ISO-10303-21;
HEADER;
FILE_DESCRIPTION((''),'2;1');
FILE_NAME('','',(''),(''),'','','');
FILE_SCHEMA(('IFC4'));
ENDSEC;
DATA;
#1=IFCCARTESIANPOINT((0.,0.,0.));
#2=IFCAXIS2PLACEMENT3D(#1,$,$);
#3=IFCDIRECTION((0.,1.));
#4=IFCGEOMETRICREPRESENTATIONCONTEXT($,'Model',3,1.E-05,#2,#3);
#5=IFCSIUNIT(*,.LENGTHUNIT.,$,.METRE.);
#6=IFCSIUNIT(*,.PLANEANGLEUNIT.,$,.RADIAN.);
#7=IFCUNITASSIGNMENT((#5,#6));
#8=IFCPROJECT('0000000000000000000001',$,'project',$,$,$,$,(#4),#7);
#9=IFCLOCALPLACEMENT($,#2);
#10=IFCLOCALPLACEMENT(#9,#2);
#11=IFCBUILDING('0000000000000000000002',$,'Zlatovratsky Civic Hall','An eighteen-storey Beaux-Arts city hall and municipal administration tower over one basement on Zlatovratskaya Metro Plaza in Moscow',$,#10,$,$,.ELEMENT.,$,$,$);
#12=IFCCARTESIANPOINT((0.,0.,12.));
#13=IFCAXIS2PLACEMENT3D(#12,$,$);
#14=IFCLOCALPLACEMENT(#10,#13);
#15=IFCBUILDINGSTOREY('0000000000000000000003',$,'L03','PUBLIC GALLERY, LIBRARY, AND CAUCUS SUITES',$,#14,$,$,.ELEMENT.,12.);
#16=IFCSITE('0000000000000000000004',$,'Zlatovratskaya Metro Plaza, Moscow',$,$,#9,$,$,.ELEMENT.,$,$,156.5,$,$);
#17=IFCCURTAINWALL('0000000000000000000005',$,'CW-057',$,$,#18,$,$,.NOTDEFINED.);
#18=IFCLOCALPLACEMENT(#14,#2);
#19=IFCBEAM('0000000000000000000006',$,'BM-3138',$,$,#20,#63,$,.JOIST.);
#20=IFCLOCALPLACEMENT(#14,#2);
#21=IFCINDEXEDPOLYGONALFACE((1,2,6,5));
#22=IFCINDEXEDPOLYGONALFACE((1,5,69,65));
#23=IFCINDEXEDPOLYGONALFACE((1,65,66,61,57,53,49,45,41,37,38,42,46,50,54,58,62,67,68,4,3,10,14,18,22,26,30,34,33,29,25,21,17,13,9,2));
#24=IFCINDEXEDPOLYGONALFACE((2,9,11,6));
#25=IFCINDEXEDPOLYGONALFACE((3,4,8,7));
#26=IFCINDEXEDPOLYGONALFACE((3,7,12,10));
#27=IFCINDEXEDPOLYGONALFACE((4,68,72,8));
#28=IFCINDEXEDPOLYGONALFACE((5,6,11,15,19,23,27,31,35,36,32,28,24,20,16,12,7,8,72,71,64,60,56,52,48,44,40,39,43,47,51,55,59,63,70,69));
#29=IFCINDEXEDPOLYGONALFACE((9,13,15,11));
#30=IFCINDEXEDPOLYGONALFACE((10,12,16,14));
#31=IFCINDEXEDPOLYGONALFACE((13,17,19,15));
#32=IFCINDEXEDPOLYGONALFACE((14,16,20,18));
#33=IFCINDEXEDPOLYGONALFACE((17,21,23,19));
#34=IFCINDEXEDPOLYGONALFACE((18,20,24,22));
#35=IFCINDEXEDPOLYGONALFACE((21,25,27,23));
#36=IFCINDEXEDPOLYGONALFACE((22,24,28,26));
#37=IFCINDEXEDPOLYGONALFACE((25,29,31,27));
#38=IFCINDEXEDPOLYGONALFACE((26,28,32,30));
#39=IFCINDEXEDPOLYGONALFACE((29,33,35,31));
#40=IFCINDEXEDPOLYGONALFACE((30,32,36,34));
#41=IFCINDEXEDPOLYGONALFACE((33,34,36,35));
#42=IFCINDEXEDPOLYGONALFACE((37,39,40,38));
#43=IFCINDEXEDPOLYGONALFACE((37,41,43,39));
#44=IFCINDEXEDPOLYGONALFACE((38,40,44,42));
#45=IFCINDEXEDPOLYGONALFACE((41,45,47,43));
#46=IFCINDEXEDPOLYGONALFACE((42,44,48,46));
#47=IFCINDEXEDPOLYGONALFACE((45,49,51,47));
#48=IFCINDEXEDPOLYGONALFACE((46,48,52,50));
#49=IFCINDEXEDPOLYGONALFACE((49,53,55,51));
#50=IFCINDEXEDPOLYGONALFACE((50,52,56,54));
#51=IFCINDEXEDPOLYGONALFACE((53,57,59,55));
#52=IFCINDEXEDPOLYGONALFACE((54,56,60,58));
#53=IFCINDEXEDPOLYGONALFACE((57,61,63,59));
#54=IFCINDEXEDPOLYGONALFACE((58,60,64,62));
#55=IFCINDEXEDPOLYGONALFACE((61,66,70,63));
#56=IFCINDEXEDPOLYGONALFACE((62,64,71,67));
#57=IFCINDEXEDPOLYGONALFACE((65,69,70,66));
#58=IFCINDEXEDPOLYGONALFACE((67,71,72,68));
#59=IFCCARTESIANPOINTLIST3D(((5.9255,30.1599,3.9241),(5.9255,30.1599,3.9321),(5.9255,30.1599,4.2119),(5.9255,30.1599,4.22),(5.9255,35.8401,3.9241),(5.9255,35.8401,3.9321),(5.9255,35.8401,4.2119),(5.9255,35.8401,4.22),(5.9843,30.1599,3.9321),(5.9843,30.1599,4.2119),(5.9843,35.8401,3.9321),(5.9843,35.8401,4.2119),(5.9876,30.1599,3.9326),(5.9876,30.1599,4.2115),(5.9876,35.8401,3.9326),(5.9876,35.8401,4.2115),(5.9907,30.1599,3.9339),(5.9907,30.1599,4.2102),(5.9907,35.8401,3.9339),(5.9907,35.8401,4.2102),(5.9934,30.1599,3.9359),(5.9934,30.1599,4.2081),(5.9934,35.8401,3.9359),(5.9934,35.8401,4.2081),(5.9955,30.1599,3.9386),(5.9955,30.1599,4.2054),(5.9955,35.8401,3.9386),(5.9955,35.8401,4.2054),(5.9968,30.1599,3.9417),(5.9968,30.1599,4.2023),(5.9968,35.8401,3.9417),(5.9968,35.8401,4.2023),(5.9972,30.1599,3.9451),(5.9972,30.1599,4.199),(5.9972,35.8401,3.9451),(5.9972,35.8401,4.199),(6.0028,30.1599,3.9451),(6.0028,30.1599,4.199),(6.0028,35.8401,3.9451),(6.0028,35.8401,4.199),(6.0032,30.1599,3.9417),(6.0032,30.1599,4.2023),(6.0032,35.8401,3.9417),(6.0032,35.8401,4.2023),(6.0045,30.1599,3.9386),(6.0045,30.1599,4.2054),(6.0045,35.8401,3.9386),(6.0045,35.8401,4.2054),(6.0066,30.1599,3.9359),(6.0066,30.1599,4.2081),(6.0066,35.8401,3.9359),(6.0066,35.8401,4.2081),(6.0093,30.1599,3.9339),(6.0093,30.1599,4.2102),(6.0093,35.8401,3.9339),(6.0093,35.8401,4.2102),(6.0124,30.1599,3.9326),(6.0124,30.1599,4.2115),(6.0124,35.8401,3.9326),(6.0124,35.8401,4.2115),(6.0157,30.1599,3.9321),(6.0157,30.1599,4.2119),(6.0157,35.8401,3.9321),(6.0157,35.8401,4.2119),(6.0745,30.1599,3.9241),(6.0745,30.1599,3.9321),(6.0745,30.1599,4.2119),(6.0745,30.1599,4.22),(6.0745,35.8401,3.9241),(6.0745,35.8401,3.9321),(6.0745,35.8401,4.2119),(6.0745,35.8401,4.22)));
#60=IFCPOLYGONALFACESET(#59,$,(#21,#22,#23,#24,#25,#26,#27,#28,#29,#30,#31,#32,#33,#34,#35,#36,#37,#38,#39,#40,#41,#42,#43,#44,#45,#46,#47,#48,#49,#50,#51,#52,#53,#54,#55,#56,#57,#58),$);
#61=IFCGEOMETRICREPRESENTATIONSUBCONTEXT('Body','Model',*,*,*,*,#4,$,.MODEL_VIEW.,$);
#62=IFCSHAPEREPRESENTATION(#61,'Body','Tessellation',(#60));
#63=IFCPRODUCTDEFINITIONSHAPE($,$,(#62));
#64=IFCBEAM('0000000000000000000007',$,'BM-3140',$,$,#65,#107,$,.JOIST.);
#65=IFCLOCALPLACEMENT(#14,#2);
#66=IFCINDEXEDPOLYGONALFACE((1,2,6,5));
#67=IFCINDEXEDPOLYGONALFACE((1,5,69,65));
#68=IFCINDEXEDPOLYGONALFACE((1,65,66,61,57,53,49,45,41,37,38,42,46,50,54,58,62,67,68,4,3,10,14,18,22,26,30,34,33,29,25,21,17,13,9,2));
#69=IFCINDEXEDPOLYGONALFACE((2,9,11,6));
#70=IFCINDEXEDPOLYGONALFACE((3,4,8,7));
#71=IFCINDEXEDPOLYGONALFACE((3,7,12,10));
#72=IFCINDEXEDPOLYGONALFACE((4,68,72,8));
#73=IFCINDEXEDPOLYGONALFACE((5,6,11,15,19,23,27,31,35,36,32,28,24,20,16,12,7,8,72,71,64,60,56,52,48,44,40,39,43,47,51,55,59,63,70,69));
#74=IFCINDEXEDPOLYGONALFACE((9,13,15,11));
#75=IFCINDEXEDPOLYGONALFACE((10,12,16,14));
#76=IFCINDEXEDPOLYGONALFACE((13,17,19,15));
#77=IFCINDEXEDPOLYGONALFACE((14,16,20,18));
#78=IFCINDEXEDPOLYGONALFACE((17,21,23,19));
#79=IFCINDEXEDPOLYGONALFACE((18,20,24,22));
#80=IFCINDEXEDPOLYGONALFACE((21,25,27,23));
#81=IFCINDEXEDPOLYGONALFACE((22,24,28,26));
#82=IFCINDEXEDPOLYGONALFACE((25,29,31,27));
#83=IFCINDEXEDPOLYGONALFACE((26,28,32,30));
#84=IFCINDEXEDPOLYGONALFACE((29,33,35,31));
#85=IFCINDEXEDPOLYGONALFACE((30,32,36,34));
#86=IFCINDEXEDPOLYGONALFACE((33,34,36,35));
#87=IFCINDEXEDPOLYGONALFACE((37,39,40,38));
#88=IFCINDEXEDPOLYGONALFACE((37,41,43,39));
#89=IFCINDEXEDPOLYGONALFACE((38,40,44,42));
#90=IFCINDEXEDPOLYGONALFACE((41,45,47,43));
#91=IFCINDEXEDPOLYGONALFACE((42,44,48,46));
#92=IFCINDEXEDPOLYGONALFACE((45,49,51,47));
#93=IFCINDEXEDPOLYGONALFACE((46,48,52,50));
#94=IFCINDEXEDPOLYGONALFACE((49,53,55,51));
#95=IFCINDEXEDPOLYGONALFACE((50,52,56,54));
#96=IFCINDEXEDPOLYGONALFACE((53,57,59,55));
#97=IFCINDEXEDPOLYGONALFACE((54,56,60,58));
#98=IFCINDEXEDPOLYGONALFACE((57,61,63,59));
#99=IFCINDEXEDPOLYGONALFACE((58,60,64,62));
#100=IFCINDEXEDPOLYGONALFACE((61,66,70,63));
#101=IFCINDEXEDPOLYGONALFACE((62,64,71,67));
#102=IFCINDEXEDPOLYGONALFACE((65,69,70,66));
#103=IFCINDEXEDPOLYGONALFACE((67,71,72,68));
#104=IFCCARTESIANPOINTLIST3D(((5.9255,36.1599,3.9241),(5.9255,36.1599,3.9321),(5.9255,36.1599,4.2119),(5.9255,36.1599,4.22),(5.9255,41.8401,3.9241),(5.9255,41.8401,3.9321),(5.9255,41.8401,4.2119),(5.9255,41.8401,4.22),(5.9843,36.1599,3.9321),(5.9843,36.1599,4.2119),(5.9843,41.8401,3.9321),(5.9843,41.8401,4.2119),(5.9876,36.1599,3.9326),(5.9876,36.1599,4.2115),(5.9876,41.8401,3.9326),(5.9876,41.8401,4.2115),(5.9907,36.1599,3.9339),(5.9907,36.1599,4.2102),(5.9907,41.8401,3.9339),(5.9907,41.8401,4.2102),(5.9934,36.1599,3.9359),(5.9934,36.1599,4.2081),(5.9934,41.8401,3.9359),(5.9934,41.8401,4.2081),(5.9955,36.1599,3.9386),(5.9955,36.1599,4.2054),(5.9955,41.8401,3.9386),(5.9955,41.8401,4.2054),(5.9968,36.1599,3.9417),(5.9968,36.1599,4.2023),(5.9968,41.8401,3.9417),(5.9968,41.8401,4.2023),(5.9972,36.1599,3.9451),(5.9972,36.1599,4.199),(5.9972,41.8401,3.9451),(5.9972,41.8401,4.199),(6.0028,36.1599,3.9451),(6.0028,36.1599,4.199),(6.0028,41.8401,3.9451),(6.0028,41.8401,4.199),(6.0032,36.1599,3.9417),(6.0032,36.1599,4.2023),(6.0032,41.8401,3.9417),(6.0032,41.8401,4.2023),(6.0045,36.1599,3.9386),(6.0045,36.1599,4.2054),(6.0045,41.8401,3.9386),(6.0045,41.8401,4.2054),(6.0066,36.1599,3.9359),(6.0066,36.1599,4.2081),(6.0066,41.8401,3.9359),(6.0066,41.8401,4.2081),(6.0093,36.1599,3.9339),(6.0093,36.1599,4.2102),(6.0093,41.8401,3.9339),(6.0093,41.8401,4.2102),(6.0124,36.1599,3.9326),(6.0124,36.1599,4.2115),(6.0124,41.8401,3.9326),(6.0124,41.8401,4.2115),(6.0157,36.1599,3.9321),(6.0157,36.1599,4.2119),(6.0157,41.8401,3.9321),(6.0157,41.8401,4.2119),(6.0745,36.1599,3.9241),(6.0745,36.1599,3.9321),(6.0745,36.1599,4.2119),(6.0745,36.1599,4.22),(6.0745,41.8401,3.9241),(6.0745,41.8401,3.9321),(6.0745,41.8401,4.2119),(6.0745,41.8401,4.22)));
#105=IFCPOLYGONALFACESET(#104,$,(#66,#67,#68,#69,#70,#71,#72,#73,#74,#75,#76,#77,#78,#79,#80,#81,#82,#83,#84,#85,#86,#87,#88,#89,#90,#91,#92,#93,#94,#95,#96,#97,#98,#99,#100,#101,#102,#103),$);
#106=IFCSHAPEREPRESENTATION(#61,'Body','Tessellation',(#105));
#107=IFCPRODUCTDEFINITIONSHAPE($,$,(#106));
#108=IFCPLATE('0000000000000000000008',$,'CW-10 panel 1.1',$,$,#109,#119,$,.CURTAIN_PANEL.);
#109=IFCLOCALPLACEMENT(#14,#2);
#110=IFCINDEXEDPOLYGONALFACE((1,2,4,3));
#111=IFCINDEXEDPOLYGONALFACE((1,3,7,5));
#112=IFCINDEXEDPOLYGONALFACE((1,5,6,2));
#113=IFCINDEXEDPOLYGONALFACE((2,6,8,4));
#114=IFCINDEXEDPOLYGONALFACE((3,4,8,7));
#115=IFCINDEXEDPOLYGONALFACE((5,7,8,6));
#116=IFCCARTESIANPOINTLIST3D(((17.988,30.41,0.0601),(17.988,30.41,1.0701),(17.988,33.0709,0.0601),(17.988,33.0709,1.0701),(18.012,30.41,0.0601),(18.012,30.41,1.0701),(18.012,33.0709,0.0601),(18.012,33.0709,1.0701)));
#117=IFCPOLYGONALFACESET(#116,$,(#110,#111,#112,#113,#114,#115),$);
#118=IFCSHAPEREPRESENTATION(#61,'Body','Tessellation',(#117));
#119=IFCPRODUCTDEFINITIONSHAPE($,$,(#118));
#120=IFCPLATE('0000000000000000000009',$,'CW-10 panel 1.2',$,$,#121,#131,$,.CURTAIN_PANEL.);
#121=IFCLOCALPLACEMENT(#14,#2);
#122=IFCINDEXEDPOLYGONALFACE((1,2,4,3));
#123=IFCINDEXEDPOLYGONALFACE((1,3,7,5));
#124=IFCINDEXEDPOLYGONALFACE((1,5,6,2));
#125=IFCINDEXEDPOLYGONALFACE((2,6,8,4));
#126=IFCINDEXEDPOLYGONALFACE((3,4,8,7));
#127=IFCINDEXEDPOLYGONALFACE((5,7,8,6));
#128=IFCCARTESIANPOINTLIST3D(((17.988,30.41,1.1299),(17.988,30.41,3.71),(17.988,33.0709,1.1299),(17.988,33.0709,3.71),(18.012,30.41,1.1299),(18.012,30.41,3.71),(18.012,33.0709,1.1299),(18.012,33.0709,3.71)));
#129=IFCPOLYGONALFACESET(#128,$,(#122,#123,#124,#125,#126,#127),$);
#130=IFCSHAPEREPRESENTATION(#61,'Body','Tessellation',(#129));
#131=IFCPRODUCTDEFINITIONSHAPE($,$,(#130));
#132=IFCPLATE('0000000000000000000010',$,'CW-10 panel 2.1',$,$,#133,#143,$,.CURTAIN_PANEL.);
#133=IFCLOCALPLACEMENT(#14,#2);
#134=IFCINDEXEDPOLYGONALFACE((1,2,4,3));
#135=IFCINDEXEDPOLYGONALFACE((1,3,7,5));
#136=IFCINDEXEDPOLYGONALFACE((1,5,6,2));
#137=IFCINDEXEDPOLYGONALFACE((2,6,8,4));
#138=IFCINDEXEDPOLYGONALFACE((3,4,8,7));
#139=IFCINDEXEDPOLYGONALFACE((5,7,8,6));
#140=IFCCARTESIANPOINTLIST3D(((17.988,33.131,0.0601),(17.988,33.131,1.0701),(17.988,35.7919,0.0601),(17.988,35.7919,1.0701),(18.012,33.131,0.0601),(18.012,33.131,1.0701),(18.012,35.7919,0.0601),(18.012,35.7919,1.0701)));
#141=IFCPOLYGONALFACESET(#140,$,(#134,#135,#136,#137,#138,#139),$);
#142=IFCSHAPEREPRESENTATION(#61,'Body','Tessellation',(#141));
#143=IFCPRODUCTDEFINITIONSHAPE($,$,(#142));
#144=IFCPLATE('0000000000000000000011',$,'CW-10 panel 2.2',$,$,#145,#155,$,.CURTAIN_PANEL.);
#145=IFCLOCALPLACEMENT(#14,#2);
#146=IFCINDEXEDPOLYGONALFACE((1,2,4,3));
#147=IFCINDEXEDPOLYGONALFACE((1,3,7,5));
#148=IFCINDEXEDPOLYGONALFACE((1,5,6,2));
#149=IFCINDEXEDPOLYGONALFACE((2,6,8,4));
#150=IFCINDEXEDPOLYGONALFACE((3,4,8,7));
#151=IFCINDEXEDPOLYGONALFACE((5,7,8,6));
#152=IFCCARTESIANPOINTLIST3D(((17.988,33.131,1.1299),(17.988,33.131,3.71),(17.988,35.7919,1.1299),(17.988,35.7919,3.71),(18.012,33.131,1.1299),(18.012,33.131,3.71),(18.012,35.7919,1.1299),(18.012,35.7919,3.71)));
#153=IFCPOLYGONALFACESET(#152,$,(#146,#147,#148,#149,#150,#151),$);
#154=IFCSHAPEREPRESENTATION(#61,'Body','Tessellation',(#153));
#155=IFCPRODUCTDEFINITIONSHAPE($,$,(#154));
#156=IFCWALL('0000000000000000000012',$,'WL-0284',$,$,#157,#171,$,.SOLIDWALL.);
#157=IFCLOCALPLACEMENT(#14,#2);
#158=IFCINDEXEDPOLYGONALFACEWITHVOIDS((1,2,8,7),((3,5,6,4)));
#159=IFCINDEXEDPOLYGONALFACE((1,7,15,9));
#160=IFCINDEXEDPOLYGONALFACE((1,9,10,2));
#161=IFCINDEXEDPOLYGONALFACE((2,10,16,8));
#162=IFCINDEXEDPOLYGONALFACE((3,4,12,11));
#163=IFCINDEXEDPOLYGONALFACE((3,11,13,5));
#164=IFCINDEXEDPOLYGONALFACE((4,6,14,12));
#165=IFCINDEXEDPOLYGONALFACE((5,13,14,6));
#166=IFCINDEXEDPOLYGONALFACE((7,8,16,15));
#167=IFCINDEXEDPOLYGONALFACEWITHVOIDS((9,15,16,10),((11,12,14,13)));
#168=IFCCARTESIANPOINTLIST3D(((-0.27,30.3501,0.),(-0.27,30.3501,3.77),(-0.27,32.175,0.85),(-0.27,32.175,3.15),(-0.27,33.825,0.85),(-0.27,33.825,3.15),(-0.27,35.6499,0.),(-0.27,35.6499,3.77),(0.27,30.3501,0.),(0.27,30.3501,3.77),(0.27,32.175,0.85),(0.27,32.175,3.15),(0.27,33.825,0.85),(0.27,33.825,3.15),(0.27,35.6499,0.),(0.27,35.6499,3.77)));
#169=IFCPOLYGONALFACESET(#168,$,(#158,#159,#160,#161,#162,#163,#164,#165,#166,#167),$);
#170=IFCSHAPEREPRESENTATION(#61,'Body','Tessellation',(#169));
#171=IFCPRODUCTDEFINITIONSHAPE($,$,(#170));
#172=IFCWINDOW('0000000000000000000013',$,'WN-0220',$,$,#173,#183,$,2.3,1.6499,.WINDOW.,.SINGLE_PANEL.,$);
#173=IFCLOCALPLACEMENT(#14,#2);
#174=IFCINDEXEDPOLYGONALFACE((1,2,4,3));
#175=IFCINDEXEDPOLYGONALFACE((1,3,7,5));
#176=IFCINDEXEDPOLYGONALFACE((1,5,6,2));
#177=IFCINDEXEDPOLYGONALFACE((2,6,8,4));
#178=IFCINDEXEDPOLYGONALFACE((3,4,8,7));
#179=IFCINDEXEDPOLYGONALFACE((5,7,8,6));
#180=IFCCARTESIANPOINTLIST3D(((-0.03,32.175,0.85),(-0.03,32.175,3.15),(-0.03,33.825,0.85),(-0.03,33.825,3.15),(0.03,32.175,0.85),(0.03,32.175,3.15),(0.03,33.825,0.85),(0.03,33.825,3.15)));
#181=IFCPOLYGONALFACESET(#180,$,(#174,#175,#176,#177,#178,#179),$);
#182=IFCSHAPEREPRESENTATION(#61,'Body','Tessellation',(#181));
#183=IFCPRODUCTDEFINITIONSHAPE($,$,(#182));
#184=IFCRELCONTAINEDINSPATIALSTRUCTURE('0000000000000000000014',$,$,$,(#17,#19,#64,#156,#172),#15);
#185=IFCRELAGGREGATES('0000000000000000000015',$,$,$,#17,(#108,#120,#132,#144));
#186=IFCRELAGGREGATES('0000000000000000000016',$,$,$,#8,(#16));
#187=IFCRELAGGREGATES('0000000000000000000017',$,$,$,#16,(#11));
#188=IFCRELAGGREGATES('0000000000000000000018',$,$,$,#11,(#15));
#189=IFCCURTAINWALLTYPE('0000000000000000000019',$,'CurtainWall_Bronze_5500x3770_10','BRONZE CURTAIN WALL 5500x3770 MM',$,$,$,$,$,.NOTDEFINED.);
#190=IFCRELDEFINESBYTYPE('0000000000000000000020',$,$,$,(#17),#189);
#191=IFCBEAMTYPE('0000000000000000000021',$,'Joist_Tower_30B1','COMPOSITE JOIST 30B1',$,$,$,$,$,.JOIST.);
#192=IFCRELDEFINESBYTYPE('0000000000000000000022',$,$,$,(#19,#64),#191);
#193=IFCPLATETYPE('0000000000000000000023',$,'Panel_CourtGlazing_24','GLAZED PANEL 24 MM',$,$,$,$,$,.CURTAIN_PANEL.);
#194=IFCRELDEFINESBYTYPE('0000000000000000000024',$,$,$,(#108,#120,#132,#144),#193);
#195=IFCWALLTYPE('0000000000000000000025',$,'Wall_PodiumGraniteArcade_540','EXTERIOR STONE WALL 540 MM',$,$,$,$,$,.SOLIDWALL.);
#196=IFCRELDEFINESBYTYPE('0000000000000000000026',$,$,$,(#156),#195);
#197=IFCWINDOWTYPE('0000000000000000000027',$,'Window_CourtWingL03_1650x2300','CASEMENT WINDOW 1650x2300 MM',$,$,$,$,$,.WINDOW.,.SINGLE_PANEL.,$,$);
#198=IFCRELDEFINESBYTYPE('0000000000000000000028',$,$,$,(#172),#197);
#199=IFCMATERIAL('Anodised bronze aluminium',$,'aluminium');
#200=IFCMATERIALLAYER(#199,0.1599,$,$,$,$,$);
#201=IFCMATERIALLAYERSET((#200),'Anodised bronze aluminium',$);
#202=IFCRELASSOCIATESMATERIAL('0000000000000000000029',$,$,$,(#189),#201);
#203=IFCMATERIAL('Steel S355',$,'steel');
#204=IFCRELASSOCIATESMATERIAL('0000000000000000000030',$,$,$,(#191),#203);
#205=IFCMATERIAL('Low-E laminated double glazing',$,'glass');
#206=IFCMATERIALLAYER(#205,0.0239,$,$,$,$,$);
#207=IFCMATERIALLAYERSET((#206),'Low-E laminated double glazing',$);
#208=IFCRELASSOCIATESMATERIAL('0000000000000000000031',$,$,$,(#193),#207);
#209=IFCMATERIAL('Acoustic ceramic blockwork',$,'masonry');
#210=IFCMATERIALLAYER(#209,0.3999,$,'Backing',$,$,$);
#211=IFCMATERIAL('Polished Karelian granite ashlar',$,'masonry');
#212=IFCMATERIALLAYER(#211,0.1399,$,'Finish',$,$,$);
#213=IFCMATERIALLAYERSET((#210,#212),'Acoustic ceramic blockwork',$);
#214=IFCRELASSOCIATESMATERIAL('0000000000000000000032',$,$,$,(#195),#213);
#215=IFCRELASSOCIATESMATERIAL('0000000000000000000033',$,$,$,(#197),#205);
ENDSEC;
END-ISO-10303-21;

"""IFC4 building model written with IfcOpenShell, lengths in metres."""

from ifc_helpers import new_model, si_unit, direction, frame, frame_2d, origin, origin_2d, place, context, subcontext, project, spatial, rectangle, i_section, extrude, material, layer, layer_set, material_profile, profile_set, type_object, element, fill, aggregate, save


model = new_model("IFC4")

# Units and contexts
model_context = context("Model", 3, precision=1e-05, world=origin(), true_north=direction((0.0, 1.0)))
body_context = subcontext(model_context, "Body", "Model", "MODEL_VIEW")
ifc_project = project(units=[si_unit("LENGTHUNIT", "METRE"), si_unit("PLANEANGLEUNIT", "RADIAN")], contexts=[model_context])

# Site, building, storey
site_placement = place(None, origin())
site = spatial("IfcSite", under=ifc_project, at=site_placement, Name="Zlatovratskaya Metro Plaza, Moscow", CompositionType="ELEMENT", RefElevation=156.5)
building_placement = place(site_placement, origin())
building = spatial("IfcBuilding", under=site, at=building_placement, Name="Zlatovratsky Civic Hall", Description="An eighteen-storey Beaux-Arts city hall and municipal administration tower over one basement on Zlatovratskaya Metro Plaza in Moscow", CompositionType="ELEMENT")
storey_placement = place(building_placement, frame((0.0, 0.0, 12.0)))
storey = spatial("IfcBuildingStorey", under=building, at=storey_placement, Name="L03", Description="PUBLIC GALLERY, LIBRARY, AND CAUCUS SUITES", CompositionType="ELEMENT", Elevation=12.0)

# Shared definitions
ifc_material_1 = material(Name="Steel S355", Category="steel")

# Curtain wall
ifc_material_2 = material(Name="Anodised bronze aluminium", Category="aluminium")
ifc_layer_1 = layer(ifc_material_2, 0.1599)
ifc_layer_set_1 = layer_set([ifc_layer_1], Name="Anodised bronze aluminium")
curtain_wall_type_1 = type_object("IfcCurtainWallType", Name="CurtainWall_Bronze_5500x3770_10", Description="BRONZE CURTAIN WALL 5500x3770 MM", PredefinedType="NOTDEFINED", material=ifc_layer_set_1)
curtain_wall_1_placement = place(storey_placement, origin())
curtain_wall_1 = element("IfcCurtainWall", 1, at=curtain_wall_1_placement, inside=storey, type_object=curtain_wall_type_1, Name="CW-057", PredefinedType="NOTDEFINED")

# Beams
ifc_material_profile_1 = material_profile(ifc_material_1, i_section(OverallWidth=0.1489, OverallDepth=0.2959, WebThickness=0.0056, FlangeThickness=0.0081, FilletRadius=0.0129, at=origin_2d()), Name="30B1")
ifc_profile_set_1 = profile_set([ifc_material_profile_1], Name="Steel S355")
beam_type_1 = type_object("IfcBeamType", Name="Joist_Tower_30B1", Description="COMPOSITE JOIST 30B1", PredefinedType="JOIST", material=ifc_profile_set_1)
for number, where, z_axis, x_axis, name in (
    (2, (6.0, 30.1599, 4.072), (0.0, 1.0, 0.0), (-1.0, 0.0, 0.0), "BM-3138"),
    (3, (6.0, 36.1599, 4.072), (0.0, 1.0, 0.0), (-1.0, 0.0, 0.0), "BM-3140"),
):
    element("IfcBeam", number, at=place(storey_placement, frame(where, z_axis=z_axis, x_axis=x_axis)), inside=storey, type_object=beam_type_1, Name=name, PredefinedType="JOIST", context=body_context, shape_type="SweptSolid", body=[
        extrude(i_section(OverallWidth=0.1489, OverallDepth=0.2959, WebThickness=0.0056, FlangeThickness=0.0081, FilletRadius=0.0129, at=origin_2d()), origin(), (0.0, 0.0, 1.0), 5.6802),
    ])

# Plates
ifc_material_3 = material(Name="Low-E laminated double glazing", Category="glass")
ifc_layer_2 = layer(ifc_material_3, 0.0239)
ifc_layer_set_2 = layer_set([ifc_layer_2], Name="Low-E laminated double glazing")
plate_type = type_object("IfcPlateType", Name="Panel_CourtGlazing_24", Description="GLAZED PANEL 24 MM", PredefinedType="CURTAIN_PANEL", material=ifc_layer_set_2)
plate_1_placement = place(storey_placement, frame((18.0, 31.7405, 0.0601), z_axis=(0.0, 0.0, 1.0), x_axis=(0.0, 1.0, 0.0)))
plate_1 = element("IfcPlate", 4, at=plate_1_placement, type_object=plate_type, Name="CW-10 panel 1.1", PredefinedType="CURTAIN_PANEL", context=body_context, shape_type="SweptSolid", body=[
    extrude(rectangle(XDim=2.6609, YDim=0.0239, at=origin_2d()), origin(), (0.0, 0.0, 1.0), 1.01),
])
plate_2_placement = place(storey_placement, frame((18.0, 31.7405, 1.1299), z_axis=(0.0, 0.0, 1.0), x_axis=(0.0, 1.0, 0.0)))
plate_2 = element("IfcPlate", 5, at=plate_2_placement, type_object=plate_type, Name="CW-10 panel 1.2", PredefinedType="CURTAIN_PANEL", context=body_context, shape_type="SweptSolid", body=[
    extrude(rectangle(XDim=2.6609, YDim=0.0239, at=origin_2d()), origin(), (0.0, 0.0, 1.0), 2.5801),
])
plate_3_placement = place(storey_placement, frame((18.0, 34.4614, 0.0601), z_axis=(0.0, 0.0, 1.0), x_axis=(0.0, 1.0, 0.0)))
plate_3 = element("IfcPlate", 6, at=plate_3_placement, type_object=plate_type, Name="CW-10 panel 2.1", PredefinedType="CURTAIN_PANEL", context=body_context, shape_type="SweptSolid", body=[
    extrude(rectangle(XDim=2.6609, YDim=0.0239, at=origin_2d()), origin(), (0.0, 0.0, 1.0), 1.01),
])
plate_4_placement = place(storey_placement, frame((18.0, 34.4614, 1.1299), z_axis=(0.0, 0.0, 1.0), x_axis=(0.0, 1.0, 0.0)))
plate_4 = element("IfcPlate", 7, at=plate_4_placement, type_object=plate_type, Name="CW-10 panel 2.2", PredefinedType="CURTAIN_PANEL", context=body_context, shape_type="SweptSolid", body=[
    extrude(rectangle(XDim=2.6609, YDim=0.0239, at=origin_2d()), origin(), (0.0, 0.0, 1.0), 2.5801),
])
aggregate(curtain_wall_1, [plate_1, plate_2, plate_3, plate_4])

# Wall, opening, window
ifc_material_4 = material(Name="Acoustic ceramic blockwork", Category="masonry")
ifc_layer_3 = layer(ifc_material_4, 0.3999, Name="Backing")
ifc_material_5 = material(Name="Polished Karelian granite ashlar", Category="masonry")
ifc_layer_4 = layer(ifc_material_5, 0.1399, Name="Finish")
ifc_layer_set_3 = layer_set([ifc_layer_3, ifc_layer_4], Name="Acoustic ceramic blockwork")
wall_type = type_object("IfcWallType", Name="Wall_PodiumGraniteArcade_540", Description="EXTERIOR STONE WALL 540 MM", PredefinedType="SOLIDWALL", material=ifc_layer_set_3)
wall_placement = place(storey_placement, frame((0.0, 30.3501, 0.0), z_axis=(0.0, 0.0, 1.0), x_axis=(0.0, 1.0, 0.0)))
wall = element("IfcWall", 8, at=wall_placement, inside=storey, type_object=wall_type, Name="WL-0284", PredefinedType="SOLIDWALL", context=body_context, shape_type="SweptSolid", body=[
    extrude(rectangle(XDim=5.2998, YDim=0.54, at=frame_2d((2.6499, 0.0))), origin(), (0.0, 0.0, 1.0), 3.77),
])
opening_placement = place(wall_placement, frame((1.825, 0.0, 0.8501)))
opening = element("IfcOpeningElement", 9, at=opening_placement, cuts=wall, PredefinedType="OPENING", context=body_context, shape_type="SweptSolid", body=[
    extrude(rectangle(XDim=1.6499, YDim=2.3, at=frame_2d((0.825, 1.1499))), frame((0.0, 0.2849, 0.0), z_axis=(0.0, -1.0, 0.0), x_axis=(1.0, 0.0, 0.0)), (0.0, 0.0, 1.0), 0.5698),
])
window_type = type_object("IfcWindowType", Name="Window_CourtWingL03_1650x2300", Description="CASEMENT WINDOW 1650x2300 MM", PartitioningType="SINGLE_PANEL", PredefinedType="WINDOW", material=ifc_material_3)
window_placement = place(opening_placement, origin())
window = element("IfcWindow", 10, at=window_placement, inside=storey, type_object=window_type, Name="WN-0220", OverallHeight=2.3, OverallWidth=1.6499, PartitioningType="SINGLE_PANEL", PredefinedType="WINDOW", context=body_context, shape_type="SweptSolid", body=[
    extrude(rectangle(XDim=1.6499, YDim=2.3, at=frame_2d((0.825, 1.1499))), frame((0.0, 0.03, 0.0), z_axis=(0.0, -1.0, 0.0), x_axis=(1.0, 0.0, 0.0)), (0.0, 0.0, 1.0), 0.0601),
])
fill(opening, window)

save(model, "model.ifc")
